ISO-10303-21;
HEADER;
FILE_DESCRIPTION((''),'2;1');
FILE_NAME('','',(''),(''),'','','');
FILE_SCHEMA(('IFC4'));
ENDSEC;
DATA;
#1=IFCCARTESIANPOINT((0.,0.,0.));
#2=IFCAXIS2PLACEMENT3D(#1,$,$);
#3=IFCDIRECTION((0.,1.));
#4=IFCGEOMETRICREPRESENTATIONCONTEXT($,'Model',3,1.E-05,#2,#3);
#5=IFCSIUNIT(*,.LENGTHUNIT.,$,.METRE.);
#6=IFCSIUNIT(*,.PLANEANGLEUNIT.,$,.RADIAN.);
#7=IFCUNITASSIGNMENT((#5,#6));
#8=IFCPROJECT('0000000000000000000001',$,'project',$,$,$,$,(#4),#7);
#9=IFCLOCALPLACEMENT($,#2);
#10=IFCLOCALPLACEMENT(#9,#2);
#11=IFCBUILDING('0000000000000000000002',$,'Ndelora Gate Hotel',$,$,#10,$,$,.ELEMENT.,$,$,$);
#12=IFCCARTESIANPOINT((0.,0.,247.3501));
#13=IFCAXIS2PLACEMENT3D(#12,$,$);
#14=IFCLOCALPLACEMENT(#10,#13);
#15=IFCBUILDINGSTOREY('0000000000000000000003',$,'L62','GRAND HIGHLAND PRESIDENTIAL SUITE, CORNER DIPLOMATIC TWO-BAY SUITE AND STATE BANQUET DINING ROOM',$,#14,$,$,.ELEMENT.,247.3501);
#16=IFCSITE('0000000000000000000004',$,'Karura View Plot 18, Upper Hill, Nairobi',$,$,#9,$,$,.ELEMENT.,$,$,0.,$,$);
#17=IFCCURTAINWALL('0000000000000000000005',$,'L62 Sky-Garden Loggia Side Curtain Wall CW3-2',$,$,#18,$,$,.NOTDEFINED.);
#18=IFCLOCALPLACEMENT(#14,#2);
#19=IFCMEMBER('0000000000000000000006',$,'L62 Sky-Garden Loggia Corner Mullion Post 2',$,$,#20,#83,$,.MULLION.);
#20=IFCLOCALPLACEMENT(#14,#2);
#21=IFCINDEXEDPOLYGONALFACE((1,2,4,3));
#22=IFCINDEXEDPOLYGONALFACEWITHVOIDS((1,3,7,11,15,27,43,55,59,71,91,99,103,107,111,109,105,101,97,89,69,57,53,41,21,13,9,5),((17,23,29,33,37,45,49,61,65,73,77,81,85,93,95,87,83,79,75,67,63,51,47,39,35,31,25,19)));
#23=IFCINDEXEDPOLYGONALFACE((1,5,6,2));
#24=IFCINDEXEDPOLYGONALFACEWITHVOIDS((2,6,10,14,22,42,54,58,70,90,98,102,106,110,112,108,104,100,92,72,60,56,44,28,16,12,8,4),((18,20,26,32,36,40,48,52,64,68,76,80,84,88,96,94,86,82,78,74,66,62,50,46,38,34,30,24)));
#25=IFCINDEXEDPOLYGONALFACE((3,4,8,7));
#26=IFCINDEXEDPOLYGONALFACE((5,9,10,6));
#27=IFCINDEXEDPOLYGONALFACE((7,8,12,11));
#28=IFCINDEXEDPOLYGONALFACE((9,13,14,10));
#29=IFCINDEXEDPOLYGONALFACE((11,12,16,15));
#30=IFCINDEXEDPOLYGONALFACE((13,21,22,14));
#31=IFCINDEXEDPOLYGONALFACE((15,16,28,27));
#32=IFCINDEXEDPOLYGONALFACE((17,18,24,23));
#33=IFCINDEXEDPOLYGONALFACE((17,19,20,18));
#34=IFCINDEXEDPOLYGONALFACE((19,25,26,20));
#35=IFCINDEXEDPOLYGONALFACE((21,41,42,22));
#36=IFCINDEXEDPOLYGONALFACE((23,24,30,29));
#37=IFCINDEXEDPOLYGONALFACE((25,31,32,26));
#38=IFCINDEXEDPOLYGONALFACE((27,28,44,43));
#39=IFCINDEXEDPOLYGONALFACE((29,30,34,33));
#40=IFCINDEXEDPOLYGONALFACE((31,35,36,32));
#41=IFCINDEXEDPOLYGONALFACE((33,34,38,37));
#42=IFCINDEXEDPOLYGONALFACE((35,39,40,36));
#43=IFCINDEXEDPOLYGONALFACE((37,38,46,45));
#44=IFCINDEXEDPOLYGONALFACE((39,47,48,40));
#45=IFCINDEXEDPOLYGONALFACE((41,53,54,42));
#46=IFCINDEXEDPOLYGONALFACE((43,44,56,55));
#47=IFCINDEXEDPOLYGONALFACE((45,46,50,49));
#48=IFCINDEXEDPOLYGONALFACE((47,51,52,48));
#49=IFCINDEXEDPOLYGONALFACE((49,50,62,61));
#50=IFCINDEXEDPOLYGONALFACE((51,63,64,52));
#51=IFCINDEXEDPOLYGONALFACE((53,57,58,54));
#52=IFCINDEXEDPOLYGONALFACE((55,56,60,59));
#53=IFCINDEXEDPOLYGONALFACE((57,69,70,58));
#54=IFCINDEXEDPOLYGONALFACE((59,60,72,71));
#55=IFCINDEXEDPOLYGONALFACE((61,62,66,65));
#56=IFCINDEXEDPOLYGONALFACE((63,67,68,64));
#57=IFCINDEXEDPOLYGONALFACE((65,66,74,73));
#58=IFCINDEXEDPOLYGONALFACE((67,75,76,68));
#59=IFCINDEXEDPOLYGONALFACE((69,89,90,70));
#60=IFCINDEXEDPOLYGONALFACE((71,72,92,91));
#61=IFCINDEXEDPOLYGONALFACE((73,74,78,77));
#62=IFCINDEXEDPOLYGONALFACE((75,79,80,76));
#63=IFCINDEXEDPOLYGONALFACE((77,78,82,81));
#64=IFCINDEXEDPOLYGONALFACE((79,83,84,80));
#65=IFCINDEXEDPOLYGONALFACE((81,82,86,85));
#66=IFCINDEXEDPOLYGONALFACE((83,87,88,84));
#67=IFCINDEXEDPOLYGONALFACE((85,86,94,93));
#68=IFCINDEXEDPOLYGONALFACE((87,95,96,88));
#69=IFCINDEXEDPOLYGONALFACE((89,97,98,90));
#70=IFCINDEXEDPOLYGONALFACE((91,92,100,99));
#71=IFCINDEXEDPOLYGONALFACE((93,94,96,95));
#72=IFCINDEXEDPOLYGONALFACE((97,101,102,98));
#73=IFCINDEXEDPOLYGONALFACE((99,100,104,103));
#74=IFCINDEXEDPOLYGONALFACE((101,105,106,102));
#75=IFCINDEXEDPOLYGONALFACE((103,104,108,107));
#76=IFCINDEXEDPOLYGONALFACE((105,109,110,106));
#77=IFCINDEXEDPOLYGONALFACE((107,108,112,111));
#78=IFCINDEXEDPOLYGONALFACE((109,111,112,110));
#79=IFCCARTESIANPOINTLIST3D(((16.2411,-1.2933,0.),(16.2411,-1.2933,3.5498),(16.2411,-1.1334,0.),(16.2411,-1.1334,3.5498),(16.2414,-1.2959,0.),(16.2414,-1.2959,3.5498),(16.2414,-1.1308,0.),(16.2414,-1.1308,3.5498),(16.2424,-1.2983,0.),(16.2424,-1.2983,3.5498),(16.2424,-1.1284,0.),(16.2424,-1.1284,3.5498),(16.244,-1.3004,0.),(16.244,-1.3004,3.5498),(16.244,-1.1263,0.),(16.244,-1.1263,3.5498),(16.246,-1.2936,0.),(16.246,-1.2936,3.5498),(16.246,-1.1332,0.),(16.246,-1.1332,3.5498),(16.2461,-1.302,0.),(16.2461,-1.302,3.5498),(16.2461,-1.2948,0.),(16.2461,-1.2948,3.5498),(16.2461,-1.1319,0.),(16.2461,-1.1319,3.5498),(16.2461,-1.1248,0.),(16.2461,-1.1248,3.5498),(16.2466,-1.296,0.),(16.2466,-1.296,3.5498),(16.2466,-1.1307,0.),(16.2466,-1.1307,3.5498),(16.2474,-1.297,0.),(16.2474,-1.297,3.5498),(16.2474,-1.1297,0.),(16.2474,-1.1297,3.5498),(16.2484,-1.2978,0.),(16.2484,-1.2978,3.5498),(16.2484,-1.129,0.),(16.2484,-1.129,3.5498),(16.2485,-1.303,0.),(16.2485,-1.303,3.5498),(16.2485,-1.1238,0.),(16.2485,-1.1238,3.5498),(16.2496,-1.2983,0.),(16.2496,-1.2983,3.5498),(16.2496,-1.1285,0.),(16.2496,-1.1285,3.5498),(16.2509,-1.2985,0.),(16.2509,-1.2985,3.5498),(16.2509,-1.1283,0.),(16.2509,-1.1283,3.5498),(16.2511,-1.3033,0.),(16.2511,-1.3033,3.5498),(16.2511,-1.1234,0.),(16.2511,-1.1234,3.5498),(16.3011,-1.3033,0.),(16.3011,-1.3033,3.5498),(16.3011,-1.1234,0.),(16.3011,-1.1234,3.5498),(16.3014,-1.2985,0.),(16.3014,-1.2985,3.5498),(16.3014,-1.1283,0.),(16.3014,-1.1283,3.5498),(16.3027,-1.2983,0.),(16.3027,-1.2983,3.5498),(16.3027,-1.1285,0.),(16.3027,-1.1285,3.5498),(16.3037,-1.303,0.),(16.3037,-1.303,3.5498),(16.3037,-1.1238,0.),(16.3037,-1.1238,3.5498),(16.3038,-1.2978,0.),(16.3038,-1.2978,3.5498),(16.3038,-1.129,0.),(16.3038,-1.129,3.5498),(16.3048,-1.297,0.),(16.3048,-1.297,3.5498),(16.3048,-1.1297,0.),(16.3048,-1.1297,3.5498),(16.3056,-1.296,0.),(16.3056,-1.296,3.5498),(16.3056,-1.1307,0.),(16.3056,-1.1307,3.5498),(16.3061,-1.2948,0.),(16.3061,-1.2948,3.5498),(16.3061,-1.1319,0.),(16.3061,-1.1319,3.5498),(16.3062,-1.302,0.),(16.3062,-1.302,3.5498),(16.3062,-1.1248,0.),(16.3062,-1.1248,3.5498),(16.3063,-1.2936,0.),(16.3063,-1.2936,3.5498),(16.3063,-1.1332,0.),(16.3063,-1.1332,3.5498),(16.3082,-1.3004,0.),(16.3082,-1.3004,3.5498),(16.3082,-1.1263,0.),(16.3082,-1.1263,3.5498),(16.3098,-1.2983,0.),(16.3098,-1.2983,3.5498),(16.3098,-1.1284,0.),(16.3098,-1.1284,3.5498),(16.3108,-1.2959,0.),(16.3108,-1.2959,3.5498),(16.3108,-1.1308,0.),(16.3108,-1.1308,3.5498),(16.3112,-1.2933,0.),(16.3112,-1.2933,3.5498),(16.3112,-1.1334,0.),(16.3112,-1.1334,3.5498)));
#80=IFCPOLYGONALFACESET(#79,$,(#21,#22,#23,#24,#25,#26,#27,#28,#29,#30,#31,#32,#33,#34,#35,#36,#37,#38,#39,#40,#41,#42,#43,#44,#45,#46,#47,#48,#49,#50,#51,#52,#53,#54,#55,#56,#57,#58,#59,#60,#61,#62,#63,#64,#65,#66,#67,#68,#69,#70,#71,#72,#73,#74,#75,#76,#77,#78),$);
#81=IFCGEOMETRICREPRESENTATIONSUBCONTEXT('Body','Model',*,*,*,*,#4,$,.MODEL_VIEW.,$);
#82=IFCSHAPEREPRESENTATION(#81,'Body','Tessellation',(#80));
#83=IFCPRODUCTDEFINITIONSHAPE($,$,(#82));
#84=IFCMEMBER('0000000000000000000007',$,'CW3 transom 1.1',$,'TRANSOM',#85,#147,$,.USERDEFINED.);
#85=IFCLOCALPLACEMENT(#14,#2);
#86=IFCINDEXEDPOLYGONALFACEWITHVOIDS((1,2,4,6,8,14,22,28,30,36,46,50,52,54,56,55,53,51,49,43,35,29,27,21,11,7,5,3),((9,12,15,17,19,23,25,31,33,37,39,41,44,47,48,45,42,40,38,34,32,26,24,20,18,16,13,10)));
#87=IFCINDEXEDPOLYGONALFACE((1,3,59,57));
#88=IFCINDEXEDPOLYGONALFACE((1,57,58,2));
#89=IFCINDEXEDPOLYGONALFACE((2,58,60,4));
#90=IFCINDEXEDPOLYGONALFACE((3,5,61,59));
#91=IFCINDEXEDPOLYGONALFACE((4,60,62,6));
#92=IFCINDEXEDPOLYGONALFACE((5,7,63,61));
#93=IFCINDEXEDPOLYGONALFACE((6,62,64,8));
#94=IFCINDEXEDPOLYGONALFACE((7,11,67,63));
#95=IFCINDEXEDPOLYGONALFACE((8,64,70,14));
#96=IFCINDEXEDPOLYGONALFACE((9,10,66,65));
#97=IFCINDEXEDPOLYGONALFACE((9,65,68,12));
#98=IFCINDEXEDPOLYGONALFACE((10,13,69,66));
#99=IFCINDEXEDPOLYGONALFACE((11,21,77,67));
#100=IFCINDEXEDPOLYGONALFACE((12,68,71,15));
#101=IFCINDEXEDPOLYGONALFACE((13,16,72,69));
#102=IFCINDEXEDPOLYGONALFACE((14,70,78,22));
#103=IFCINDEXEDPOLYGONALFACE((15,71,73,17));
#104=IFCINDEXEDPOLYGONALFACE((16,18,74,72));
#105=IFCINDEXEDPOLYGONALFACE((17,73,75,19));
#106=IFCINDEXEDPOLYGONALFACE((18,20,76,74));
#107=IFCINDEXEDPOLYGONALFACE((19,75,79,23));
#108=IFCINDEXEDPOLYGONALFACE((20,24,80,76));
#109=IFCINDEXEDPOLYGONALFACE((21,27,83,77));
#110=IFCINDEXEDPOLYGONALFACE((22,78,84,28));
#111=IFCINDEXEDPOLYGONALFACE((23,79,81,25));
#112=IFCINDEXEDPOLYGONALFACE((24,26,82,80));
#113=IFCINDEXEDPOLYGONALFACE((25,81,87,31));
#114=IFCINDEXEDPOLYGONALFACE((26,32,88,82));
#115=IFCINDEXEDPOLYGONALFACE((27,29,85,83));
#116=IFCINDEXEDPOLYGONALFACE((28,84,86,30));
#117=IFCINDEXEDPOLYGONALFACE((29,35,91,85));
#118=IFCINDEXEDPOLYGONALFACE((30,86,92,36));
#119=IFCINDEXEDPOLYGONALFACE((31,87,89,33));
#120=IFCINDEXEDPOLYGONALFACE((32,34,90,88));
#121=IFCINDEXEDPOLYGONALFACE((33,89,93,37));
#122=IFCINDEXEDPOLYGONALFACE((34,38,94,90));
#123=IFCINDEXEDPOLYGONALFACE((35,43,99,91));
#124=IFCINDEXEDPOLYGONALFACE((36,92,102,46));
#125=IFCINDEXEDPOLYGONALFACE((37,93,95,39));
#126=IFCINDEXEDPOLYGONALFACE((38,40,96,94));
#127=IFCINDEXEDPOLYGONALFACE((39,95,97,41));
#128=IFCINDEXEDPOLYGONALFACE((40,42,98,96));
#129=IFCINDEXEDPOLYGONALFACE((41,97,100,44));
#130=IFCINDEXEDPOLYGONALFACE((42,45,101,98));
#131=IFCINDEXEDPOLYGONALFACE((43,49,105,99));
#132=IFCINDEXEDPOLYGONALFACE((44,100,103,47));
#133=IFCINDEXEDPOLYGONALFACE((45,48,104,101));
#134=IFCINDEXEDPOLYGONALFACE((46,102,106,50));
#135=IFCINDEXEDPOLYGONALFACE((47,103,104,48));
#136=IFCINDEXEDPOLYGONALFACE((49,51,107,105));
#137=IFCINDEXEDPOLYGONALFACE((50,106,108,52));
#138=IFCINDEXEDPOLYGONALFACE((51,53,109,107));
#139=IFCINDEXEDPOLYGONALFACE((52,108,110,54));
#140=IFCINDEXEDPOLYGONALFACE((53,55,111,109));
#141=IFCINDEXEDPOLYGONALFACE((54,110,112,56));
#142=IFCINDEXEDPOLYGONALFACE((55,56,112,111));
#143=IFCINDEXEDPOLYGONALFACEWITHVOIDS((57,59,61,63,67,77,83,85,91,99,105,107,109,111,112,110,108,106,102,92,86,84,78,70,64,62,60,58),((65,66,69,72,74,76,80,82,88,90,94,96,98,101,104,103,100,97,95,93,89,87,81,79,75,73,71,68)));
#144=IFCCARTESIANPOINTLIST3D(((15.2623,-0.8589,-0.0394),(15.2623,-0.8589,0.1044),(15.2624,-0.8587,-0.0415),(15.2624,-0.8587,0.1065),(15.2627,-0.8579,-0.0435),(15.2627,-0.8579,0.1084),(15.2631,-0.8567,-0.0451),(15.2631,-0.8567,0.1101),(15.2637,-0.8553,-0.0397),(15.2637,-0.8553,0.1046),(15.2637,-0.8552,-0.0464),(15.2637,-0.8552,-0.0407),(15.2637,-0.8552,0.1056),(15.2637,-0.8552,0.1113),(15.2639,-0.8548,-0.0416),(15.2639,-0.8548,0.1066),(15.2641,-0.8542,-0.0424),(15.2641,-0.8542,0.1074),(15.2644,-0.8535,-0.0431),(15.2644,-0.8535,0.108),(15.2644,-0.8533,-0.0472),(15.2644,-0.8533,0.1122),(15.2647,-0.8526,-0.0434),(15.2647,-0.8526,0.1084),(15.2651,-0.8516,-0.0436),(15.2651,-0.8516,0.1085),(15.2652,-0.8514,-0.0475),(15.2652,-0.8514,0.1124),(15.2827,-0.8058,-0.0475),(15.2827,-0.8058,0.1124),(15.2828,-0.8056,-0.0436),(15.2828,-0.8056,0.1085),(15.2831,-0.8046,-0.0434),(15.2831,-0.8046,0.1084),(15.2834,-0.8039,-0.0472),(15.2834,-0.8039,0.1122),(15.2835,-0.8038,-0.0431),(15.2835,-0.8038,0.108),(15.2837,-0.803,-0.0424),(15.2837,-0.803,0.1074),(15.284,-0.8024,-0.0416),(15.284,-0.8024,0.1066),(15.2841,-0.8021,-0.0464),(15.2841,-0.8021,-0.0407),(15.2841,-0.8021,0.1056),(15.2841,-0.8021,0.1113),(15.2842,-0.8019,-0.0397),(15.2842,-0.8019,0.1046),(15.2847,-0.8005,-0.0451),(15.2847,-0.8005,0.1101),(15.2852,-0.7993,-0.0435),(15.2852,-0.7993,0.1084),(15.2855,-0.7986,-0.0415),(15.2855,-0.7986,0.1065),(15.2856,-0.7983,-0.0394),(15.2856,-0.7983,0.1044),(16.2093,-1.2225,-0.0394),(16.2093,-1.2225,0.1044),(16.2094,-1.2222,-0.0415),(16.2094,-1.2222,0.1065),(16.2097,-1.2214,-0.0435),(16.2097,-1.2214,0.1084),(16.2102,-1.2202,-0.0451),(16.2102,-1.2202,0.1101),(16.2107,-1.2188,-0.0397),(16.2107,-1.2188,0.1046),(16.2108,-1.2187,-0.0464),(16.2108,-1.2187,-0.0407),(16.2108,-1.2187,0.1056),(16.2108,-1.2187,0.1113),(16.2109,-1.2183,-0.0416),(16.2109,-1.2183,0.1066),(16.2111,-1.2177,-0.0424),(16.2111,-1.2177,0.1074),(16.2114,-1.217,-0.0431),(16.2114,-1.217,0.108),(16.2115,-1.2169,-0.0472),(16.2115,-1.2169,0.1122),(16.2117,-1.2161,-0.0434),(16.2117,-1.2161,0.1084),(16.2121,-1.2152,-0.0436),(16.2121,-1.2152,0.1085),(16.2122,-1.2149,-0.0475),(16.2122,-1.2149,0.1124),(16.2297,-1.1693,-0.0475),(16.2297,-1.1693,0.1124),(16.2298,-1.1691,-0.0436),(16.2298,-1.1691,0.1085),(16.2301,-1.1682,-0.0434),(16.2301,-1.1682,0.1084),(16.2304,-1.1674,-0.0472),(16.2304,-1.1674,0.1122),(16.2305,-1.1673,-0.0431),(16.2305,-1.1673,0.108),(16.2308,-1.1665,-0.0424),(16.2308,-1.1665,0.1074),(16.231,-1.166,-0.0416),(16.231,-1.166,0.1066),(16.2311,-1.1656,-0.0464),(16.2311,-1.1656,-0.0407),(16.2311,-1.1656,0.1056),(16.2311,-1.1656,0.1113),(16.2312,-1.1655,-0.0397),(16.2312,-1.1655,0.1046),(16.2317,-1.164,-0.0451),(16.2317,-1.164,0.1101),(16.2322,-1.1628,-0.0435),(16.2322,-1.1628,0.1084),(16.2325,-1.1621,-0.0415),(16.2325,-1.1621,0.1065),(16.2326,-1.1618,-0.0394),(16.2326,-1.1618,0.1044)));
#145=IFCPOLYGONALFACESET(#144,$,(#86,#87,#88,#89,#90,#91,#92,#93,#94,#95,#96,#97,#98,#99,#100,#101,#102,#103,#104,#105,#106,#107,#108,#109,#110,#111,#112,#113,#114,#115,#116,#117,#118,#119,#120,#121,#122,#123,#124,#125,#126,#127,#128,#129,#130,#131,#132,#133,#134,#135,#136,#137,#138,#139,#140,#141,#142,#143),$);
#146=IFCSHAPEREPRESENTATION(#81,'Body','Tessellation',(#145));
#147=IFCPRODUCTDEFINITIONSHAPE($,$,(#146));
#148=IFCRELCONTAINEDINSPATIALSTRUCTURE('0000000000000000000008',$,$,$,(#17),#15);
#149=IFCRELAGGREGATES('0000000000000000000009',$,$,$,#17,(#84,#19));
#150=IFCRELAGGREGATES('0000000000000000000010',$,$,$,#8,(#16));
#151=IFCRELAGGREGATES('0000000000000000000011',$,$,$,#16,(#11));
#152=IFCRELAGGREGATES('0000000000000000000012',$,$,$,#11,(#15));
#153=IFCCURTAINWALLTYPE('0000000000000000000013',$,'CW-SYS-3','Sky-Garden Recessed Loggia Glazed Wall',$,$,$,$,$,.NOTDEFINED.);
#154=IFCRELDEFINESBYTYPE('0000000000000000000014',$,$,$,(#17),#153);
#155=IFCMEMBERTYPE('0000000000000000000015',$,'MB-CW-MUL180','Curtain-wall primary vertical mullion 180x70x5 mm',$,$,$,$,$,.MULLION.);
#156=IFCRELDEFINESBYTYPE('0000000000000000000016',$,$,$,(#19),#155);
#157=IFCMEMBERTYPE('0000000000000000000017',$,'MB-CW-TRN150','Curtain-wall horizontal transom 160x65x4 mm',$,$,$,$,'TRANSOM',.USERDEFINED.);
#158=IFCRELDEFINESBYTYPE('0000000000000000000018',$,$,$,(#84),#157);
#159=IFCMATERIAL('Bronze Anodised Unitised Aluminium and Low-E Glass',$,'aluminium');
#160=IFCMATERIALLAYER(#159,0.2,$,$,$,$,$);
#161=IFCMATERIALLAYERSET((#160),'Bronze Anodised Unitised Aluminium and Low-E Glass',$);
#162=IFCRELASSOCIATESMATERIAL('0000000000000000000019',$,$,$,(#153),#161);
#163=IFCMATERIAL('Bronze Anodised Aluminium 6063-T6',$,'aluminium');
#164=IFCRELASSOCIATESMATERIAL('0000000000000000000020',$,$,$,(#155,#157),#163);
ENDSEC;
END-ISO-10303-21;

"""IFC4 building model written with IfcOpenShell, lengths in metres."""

from ifc_helpers import new_model, si_unit, direction, frame, origin, origin_2d, place, context, subcontext, project, spatial, hollow_rectangle, extrude, material, layer, layer_set, material_profile, profile_set, type_object, element, aggregate, save


model = new_model("IFC4")

# Units and contexts
model_context = context("Model", 3, precision=1e-05, world=origin(), true_north=direction((0.0, 1.0)))
body_context = subcontext(model_context, "Body", "Model", "MODEL_VIEW")
ifc_project = project(units=[si_unit("LENGTHUNIT", "METRE"), si_unit("PLANEANGLEUNIT", "RADIAN")], contexts=[model_context])

# Site, building, storey
site_placement = place(None, origin())
site = spatial("IfcSite", under=ifc_project, at=site_placement, Name="Karura View Plot 18, Upper Hill, Nairobi", CompositionType="ELEMENT", RefElevation=0.0)
building_placement = place(site_placement, origin())
building = spatial("IfcBuilding", under=site, at=building_placement, Name="Ndelora Gate Hotel", CompositionType="ELEMENT")
storey_placement = place(building_placement, frame((0.0, 0.0, 247.3501)))
storey = spatial("IfcBuildingStorey", under=building, at=storey_placement, Name="L62", Description="GRAND HIGHLAND PRESIDENTIAL SUITE, CORNER DIPLOMATIC TWO-BAY SUITE AND STATE BANQUET DINING ROOM", CompositionType="ELEMENT", Elevation=247.3501)

# Shared definitions
ifc_material_1 = material(Name="Bronze Anodised Unitised Aluminium and Low-E Glass", Category="aluminium")
ifc_layer_1 = layer(ifc_material_1, 0.2)
ifc_layer_set_1 = layer_set([ifc_layer_1], Name="Bronze Anodised Unitised Aluminium and Low-E Glass")
curtain_wall_type = type_object("IfcCurtainWallType", Name="CW-SYS-3", Description="Sky-Garden Recessed Loggia Glazed Wall", PredefinedType="NOTDEFINED", material=ifc_layer_set_1)
ifc_material_2 = material(Name="Bronze Anodised Aluminium 6063-T6", Category="aluminium")

# Curtain wall, members
curtain_wall_1_placement = place(storey_placement, origin())
curtain_wall_1 = element("IfcCurtainWall", 1, at=curtain_wall_1_placement, inside=storey, type_object=curtain_wall_type, Name="L62 Sky-Garden Loggia Side Curtain Wall CW3-2", PredefinedType="NOTDEFINED")
ifc_material_profile_1 = material_profile(ifc_material_2, hollow_rectangle(XDim=0.0701, YDim=0.1799, WallThickness=0.0049, InnerFilletRadius=0.0049, OuterFilletRadius=0.01, at=origin_2d()), Name="ALU 180x70x5")
ifc_profile_set_1 = profile_set([ifc_material_profile_1], Name="Bronze Anodised Aluminium 6063-T6")
member_type_1 = type_object("IfcMemberType", Name="MB-CW-MUL180", Description="Curtain-wall primary vertical mullion 180x70x5 mm", PredefinedType="MULLION", material=ifc_profile_set_1)
member_1_placement = place(storey_placement, frame((16.2761, -1.2134, 0.0), z_axis=(0.0, 0.0, 1.0), x_axis=(1.0, 0.0, 0.0)))
member_1 = element("IfcMember", 2, at=member_1_placement, type_object=member_type_1, Name="L62 Sky-Garden Loggia Corner Mullion Post 2", PredefinedType="MULLION", context=body_context, shape_type="SweptSolid", body=[
    extrude(hollow_rectangle(XDim=0.0701, YDim=0.1799, WallThickness=0.0049, InnerFilletRadius=0.0049, OuterFilletRadius=0.01, at=origin_2d()), origin(), (0.0, 0.0, 1.0), 3.5498),
])
ifc_material_profile_2 = material_profile(ifc_material_2, hollow_rectangle(XDim=0.0649, YDim=0.1599, WallThickness=0.0039, InnerFilletRadius=0.0039, OuterFilletRadius=0.0081, at=origin_2d()), Name="ALU 160x65x4")
ifc_profile_set_2 = profile_set([ifc_material_profile_2], Name="Bronze Anodised Aluminium 6063-T6")
member_type_2 = type_object("IfcMemberType", Name="MB-CW-TRN150", Description="Curtain-wall horizontal transom 160x65x4 mm", ElementType="TRANSOM", PredefinedType="USERDEFINED", material=ifc_profile_set_2)
member_2_placement = place(storey_placement, frame((16.2209, -1.1921, 0.0325), z_axis=(-0.933581, 0.358366, 0.0), x_axis=(-0.358366, -0.933581, 0.0)))
member_2 = element("IfcMember", 3, at=member_2_placement, type_object=member_type_2, Name="CW3 transom 1.1", ObjectType="TRANSOM", PredefinedType="USERDEFINED", context=body_context, shape_type="SweptSolid", body=[
    extrude(hollow_rectangle(XDim=0.0649, YDim=0.1599, WallThickness=0.0039, InnerFilletRadius=0.0039, OuterFilletRadius=0.0081, at=origin_2d()), origin(), (0.0, 0.0, 1.0), 1.0144),
])
aggregate(curtain_wall_1, [member_2, member_1])

save(model, "model.ifc")
